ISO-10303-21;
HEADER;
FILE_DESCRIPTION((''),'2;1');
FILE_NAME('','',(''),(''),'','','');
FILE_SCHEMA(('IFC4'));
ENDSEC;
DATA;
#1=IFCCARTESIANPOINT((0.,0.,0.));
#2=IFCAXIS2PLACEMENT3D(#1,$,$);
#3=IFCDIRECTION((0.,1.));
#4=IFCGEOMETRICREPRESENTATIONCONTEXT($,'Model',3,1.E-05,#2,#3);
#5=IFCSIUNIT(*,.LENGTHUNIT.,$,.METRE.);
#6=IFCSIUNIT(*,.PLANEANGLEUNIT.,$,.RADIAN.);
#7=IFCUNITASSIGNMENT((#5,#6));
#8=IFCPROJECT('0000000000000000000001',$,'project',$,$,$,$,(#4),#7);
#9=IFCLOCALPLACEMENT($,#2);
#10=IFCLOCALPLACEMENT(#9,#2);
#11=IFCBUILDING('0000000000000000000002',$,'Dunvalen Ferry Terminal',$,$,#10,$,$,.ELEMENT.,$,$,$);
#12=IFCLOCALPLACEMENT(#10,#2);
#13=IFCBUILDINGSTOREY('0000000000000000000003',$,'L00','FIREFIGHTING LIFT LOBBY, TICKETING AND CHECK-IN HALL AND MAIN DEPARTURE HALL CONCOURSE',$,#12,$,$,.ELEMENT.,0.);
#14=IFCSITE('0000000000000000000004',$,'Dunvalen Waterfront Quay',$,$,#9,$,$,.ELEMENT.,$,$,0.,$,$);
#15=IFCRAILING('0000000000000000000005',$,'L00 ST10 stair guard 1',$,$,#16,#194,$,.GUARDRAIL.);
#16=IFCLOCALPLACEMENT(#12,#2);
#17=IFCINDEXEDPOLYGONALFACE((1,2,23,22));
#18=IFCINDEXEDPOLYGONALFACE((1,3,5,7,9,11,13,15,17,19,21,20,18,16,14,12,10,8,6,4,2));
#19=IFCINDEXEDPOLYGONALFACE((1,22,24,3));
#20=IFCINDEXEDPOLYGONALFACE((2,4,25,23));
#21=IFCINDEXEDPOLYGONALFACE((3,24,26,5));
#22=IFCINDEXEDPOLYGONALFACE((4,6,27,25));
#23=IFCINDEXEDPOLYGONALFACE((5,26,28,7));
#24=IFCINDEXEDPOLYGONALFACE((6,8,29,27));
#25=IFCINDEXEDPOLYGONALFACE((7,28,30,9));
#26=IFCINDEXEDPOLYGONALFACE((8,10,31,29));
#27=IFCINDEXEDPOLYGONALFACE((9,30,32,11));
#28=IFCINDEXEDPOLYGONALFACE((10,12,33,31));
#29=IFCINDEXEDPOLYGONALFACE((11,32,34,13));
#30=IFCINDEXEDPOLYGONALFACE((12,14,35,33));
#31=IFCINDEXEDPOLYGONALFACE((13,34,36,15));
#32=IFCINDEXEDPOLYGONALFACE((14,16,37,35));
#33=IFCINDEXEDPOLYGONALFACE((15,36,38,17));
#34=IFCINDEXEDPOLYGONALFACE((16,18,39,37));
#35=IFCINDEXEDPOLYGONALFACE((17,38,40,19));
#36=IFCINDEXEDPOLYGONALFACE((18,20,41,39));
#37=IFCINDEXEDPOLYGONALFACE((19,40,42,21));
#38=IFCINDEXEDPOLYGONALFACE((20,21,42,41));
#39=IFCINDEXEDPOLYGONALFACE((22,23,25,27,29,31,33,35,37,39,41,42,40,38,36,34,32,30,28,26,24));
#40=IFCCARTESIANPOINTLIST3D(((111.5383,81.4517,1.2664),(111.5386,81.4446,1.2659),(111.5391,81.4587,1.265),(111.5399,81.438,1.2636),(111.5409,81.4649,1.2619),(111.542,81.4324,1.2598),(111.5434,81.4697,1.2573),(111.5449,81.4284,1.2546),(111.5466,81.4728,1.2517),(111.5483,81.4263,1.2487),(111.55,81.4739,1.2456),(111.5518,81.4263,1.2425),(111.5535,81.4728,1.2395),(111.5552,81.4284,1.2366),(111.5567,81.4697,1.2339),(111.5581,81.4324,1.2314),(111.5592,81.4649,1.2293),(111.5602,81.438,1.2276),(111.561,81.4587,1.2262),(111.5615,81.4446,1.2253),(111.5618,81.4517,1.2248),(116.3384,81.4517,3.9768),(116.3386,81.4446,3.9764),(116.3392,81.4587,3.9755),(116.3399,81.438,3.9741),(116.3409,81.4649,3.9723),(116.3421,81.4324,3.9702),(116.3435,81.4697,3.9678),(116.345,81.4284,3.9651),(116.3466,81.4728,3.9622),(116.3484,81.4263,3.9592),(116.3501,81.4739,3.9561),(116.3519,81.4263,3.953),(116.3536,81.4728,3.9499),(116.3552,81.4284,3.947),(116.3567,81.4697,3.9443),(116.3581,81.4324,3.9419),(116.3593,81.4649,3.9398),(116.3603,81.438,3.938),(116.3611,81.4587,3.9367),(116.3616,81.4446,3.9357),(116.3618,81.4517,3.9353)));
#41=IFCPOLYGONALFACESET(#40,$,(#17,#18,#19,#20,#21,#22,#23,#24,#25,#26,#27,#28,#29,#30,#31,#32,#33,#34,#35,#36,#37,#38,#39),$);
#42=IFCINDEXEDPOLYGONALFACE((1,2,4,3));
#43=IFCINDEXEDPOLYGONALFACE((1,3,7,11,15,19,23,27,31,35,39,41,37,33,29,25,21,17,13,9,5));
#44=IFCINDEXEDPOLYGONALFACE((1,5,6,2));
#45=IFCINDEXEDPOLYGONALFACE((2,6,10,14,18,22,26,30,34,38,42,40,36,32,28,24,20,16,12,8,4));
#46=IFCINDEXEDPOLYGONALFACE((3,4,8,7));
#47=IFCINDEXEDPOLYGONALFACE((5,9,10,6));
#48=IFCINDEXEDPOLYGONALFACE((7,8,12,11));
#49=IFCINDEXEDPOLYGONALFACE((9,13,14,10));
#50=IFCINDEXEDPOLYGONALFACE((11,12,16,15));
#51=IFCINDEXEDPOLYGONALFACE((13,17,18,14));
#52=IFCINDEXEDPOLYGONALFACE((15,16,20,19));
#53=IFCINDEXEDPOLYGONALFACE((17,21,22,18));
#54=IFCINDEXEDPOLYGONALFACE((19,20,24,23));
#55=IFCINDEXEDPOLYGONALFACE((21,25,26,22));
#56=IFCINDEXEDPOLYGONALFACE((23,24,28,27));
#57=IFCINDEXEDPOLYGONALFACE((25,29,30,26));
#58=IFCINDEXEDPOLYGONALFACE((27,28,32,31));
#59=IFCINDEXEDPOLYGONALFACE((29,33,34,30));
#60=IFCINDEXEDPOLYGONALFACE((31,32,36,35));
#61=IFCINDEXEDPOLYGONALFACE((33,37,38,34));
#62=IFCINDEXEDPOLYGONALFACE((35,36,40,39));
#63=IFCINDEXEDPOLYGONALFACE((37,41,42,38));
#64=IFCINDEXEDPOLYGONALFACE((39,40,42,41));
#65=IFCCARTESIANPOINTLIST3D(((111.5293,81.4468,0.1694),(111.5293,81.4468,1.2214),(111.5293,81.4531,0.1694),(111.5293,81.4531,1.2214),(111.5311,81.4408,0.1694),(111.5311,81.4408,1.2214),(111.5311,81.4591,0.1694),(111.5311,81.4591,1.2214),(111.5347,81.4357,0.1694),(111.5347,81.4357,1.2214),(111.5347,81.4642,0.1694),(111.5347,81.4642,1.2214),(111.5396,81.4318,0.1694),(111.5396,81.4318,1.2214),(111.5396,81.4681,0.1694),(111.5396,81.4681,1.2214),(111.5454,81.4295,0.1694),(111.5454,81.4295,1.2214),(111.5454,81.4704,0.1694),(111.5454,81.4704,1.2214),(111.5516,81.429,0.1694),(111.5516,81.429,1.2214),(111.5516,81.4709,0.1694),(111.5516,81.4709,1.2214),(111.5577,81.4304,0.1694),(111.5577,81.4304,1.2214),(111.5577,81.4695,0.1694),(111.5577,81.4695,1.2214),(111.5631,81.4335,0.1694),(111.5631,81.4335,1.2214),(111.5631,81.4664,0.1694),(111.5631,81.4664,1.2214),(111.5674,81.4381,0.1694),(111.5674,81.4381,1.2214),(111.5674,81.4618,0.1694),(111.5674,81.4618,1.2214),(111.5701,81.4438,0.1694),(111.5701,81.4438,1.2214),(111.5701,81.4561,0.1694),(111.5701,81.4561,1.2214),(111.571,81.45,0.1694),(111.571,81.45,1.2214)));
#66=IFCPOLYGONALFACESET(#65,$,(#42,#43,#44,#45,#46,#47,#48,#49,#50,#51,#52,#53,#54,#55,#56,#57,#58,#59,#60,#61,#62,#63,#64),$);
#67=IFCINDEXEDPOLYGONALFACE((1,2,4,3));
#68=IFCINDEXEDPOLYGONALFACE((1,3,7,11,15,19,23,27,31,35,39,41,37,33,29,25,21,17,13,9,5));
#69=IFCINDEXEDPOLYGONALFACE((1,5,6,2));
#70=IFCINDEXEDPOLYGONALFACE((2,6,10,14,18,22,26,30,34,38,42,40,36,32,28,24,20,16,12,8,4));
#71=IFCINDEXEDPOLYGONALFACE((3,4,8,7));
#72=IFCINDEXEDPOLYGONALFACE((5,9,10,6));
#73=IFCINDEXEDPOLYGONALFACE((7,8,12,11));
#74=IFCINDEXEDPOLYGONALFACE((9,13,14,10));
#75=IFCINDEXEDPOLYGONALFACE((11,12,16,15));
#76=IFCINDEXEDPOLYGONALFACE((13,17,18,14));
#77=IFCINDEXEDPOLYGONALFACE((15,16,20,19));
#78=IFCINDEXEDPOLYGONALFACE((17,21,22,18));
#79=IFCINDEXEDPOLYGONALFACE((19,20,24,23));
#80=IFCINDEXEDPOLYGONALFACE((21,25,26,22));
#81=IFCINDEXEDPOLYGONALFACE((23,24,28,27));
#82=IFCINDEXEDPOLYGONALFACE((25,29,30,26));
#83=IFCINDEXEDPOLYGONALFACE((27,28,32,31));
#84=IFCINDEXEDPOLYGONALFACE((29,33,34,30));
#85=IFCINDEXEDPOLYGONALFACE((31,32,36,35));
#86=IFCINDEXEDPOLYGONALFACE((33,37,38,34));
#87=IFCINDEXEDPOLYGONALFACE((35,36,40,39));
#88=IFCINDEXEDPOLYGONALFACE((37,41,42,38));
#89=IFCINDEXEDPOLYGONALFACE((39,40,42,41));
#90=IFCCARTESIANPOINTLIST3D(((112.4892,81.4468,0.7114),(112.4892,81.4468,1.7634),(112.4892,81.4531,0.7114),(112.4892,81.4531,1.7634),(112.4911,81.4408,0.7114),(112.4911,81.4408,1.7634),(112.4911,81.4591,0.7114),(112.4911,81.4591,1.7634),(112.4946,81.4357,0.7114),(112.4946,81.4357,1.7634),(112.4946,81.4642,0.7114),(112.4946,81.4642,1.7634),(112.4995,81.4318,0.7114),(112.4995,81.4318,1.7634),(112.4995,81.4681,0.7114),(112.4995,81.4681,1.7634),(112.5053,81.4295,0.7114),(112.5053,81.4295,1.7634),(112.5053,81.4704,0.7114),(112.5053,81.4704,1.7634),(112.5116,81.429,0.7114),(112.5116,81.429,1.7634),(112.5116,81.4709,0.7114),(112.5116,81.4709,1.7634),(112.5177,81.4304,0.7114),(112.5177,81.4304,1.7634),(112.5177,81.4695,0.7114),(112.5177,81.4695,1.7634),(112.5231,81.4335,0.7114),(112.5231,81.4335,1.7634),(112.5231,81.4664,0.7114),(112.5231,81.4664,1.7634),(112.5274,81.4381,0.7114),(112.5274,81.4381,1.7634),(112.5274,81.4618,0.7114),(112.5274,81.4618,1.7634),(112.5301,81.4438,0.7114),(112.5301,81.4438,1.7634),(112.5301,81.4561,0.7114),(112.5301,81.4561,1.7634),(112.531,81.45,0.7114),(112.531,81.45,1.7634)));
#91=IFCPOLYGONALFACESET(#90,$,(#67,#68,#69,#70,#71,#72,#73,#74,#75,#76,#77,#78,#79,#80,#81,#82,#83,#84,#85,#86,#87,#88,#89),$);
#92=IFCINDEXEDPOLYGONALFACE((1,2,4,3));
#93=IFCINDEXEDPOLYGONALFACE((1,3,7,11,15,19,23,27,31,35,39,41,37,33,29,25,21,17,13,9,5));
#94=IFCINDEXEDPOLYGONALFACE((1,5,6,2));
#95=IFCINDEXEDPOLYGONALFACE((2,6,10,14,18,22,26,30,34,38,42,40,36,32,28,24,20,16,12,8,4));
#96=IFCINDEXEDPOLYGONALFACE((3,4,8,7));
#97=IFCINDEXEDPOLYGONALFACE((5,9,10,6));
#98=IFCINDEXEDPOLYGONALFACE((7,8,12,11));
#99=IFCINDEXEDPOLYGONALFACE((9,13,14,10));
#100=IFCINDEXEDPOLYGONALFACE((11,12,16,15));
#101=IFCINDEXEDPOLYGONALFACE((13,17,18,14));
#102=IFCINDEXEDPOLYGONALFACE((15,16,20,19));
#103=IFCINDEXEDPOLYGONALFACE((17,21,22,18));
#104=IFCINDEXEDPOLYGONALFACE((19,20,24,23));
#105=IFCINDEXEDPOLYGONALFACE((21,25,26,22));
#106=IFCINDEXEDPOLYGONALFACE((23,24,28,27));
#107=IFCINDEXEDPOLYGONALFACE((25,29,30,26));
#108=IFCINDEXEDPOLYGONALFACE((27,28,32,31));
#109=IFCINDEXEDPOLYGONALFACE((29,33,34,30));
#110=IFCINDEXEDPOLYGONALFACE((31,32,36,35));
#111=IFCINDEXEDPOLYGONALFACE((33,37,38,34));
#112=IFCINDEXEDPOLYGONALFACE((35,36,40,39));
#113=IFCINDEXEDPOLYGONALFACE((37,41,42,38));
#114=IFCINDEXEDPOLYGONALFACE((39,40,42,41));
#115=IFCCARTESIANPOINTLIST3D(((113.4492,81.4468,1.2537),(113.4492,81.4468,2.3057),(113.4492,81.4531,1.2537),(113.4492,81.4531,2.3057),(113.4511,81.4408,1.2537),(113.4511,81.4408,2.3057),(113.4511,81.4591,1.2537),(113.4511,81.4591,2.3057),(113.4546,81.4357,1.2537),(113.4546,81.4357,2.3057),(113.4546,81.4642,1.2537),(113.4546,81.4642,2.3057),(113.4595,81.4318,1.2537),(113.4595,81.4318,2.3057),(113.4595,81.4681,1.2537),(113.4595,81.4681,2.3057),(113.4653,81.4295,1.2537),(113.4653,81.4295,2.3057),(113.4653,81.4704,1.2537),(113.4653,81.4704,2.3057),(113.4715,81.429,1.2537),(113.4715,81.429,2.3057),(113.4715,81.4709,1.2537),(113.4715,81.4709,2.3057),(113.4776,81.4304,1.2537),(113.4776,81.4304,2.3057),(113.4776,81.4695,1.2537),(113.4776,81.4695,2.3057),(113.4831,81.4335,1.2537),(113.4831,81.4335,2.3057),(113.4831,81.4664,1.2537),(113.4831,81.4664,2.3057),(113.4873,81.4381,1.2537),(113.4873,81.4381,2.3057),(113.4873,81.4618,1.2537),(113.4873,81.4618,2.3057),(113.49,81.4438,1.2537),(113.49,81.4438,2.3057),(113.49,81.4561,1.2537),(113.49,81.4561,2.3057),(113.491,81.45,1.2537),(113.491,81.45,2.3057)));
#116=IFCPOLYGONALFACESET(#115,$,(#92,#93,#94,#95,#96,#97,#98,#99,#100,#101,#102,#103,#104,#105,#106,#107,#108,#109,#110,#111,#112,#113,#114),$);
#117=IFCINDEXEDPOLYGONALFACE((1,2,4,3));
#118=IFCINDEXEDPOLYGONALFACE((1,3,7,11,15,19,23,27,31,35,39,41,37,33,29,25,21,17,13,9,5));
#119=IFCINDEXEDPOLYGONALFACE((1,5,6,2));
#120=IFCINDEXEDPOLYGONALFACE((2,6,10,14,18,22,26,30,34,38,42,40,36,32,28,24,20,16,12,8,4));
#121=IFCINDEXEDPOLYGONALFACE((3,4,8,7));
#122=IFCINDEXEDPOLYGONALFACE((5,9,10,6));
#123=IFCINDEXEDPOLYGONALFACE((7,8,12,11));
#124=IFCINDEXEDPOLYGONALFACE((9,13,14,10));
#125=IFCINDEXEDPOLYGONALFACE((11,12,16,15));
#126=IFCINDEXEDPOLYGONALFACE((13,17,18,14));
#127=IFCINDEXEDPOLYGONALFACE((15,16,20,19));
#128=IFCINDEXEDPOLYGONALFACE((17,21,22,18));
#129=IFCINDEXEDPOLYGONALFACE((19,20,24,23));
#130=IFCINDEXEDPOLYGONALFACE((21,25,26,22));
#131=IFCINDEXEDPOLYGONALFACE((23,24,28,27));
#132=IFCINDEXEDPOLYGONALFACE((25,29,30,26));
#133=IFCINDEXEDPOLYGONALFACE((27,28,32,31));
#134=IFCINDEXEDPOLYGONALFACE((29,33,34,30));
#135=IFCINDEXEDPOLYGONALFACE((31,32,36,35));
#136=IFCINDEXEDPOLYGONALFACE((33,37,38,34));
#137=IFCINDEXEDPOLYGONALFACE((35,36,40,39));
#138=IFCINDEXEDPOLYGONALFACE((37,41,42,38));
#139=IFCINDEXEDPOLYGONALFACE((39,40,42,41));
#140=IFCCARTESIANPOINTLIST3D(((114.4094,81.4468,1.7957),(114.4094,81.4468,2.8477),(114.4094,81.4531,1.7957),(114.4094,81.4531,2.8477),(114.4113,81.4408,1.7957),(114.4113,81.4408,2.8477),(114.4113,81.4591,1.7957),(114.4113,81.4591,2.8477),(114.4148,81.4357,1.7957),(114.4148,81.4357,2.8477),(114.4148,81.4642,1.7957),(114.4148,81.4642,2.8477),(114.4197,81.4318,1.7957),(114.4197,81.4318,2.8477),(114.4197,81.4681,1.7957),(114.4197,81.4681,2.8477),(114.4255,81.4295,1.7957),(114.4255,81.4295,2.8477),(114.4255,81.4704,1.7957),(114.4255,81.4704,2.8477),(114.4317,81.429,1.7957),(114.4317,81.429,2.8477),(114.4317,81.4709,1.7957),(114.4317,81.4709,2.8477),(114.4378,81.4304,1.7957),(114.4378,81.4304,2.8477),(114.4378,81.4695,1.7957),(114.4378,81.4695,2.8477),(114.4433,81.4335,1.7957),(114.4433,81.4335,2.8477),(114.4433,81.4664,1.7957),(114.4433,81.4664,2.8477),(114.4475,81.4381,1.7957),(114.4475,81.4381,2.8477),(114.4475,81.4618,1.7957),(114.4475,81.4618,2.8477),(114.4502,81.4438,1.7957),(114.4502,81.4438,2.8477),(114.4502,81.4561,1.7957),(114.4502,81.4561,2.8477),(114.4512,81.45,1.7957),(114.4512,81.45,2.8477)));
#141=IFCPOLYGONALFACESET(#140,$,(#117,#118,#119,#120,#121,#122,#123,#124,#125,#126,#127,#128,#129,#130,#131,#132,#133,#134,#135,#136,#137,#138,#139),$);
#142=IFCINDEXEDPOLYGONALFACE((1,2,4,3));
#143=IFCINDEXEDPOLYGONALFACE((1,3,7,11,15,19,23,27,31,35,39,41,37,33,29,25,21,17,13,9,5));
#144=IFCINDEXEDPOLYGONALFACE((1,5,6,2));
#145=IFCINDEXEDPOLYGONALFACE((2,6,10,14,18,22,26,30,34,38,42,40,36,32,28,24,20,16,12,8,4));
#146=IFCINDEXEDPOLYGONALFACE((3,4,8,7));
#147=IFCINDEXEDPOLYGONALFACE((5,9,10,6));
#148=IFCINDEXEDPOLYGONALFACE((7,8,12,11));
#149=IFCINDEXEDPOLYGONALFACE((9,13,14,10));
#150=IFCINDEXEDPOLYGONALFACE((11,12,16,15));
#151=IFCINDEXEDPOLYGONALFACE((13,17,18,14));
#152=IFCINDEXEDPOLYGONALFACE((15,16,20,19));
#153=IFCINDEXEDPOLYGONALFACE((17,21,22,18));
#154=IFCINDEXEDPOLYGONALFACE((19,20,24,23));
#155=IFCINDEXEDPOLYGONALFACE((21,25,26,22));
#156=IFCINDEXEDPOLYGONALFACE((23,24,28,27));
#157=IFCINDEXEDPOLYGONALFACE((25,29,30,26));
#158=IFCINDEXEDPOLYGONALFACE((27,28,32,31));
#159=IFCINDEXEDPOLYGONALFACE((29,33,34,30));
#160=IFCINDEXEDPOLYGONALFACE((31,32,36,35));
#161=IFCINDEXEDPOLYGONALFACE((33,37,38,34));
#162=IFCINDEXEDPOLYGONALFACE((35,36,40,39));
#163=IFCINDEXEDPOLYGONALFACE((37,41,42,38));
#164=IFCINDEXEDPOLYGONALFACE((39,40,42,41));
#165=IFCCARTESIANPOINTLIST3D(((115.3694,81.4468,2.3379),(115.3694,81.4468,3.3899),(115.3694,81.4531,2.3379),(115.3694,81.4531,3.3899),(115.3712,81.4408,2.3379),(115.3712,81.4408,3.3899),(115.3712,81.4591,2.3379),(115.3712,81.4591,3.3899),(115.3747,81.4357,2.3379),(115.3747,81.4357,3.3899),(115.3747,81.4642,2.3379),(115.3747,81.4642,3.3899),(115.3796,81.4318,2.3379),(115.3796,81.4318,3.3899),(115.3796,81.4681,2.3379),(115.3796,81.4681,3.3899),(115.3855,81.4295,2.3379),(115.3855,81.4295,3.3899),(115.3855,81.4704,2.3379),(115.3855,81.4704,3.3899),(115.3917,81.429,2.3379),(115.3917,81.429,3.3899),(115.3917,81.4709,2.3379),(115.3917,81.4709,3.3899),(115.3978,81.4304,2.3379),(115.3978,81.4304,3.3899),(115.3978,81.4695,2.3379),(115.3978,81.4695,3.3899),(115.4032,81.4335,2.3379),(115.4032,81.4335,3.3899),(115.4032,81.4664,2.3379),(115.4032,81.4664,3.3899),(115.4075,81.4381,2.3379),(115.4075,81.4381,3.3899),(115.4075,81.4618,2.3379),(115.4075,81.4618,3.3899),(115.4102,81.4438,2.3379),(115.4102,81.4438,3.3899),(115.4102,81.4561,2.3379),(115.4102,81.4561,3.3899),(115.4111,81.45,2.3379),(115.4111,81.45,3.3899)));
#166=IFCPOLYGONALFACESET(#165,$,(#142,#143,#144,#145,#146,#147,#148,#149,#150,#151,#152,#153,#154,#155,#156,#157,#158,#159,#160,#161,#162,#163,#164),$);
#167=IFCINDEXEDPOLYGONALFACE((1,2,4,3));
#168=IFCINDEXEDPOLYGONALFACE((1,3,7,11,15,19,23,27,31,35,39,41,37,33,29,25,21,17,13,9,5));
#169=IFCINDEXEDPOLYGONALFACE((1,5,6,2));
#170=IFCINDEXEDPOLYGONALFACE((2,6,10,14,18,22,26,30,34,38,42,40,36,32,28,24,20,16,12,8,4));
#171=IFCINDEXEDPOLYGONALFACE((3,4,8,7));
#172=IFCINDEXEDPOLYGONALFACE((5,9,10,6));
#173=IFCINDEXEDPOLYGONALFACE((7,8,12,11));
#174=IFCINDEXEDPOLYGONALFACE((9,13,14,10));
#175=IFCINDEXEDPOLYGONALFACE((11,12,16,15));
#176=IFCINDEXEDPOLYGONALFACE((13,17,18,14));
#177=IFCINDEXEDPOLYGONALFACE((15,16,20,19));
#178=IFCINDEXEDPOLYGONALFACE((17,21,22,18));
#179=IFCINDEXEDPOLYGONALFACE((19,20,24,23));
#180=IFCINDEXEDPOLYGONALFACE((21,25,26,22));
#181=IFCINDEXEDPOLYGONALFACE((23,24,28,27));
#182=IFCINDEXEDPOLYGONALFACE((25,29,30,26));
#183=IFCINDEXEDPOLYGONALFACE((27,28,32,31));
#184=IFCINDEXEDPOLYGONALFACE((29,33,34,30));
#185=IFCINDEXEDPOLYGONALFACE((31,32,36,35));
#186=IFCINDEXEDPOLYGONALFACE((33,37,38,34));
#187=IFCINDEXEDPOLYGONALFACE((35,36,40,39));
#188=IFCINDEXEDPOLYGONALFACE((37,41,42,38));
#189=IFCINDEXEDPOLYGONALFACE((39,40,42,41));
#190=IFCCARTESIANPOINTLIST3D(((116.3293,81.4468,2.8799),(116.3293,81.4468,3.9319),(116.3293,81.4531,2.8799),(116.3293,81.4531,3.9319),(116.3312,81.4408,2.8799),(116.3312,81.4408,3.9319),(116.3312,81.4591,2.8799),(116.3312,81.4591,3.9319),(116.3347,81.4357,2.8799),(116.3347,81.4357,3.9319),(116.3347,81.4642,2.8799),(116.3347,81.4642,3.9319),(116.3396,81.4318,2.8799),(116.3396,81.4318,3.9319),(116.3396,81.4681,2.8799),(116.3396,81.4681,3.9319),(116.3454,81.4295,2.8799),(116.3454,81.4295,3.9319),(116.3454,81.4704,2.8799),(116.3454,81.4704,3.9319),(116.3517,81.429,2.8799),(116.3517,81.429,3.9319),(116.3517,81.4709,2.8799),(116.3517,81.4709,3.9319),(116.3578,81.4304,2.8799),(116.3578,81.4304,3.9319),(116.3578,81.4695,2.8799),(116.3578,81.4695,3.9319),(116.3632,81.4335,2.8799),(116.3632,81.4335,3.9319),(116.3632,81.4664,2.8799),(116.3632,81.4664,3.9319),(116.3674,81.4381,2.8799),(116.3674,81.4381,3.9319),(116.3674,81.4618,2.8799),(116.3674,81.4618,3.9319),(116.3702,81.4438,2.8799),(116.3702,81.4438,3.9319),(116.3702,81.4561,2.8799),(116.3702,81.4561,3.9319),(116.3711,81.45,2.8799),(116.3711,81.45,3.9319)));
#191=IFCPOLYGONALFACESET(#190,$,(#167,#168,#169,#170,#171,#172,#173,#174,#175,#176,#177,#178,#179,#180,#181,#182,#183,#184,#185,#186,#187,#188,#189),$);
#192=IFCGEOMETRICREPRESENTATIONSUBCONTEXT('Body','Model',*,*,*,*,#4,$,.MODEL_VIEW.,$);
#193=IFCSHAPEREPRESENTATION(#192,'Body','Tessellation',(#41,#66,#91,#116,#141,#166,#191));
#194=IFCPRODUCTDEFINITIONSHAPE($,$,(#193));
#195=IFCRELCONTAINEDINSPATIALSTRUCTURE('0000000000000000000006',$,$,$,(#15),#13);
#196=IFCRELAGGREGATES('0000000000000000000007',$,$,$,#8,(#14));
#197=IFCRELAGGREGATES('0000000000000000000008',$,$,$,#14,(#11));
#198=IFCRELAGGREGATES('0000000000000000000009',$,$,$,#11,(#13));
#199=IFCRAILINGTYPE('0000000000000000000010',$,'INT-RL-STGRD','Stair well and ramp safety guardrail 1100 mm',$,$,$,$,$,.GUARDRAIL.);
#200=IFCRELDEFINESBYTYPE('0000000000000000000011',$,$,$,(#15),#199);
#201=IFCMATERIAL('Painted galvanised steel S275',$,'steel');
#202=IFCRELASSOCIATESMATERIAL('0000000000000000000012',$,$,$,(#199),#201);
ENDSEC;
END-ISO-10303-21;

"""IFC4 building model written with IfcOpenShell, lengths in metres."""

from ifc_helpers import new_model, si_unit, direction, frame, origin, origin_2d, place, context, subcontext, project, spatial, circle, extrude, material, type_object, element, save


model = new_model("IFC4")

# Units and contexts
model_context = context("Model", 3, precision=1e-05, world=origin(), true_north=direction((0.0, 1.0)))
body_context = subcontext(model_context, "Body", "Model", "MODEL_VIEW")
ifc_project = project(units=[si_unit("LENGTHUNIT", "METRE"), si_unit("PLANEANGLEUNIT", "RADIAN")], contexts=[model_context])

# Site, building, storey
site_placement = place(None, origin())
site = spatial("IfcSite", under=ifc_project, at=site_placement, Name="Dunvalen Waterfront Quay", CompositionType="ELEMENT", RefElevation=0.0)
building_placement = place(site_placement, origin())
building = spatial("IfcBuilding", under=site, at=building_placement, Name="Dunvalen Ferry Terminal", CompositionType="ELEMENT")
storey_placement = place(building_placement, origin())
storey = spatial("IfcBuildingStorey", under=building, at=storey_placement, Name="L00", Description="FIREFIGHTING LIFT LOBBY, TICKETING AND CHECK-IN HALL AND MAIN DEPARTURE HALL CONCOURSE", CompositionType="ELEMENT", Elevation=0.0)

# Railing
ifc_material_1 = material(Name="Painted galvanised steel S275", Category="steel")
railing_type_1 = type_object("IfcRailingType", Name="INT-RL-STGRD", Description="Stair well and ramp safety guardrail 1100 mm", PredefinedType="GUARDRAIL", material=ifc_material_1)
railing_1_placement = place(storey_placement, frame((111.55, 81.45, 0.1694)))
element("IfcRailing", 1, at=railing_1_placement, inside=storey, type_object=railing_type_1, Name="L00 ST10 stair guard 1", PredefinedType="GUARDRAIL", context=body_context, shape_type="SweptSolid", body=[
    extrude(circle(Radius=0.0239, at=origin_2d()), frame((0.0, 0.0, 1.0762), z_axis=(0.870767, 0.0, 0.491697), x_axis=(0.0, 1.0, 0.0)), (0.0, 0.0, 1.0), 5.5125),
    extrude(circle(Radius=0.021, at=origin_2d()), origin(), (0.0, 0.0, 1.0), 1.052),
    extrude(circle(Radius=0.021, at=origin_2d()), frame((0.96, 0.0, 0.542)), (0.0, 0.0, 1.0), 1.052),
    extrude(circle(Radius=0.021, at=origin_2d()), frame((1.9199, 0.0, 1.0842)), (0.0, 0.0, 1.0), 1.052),
    extrude(circle(Radius=0.021, at=origin_2d()), frame((2.8801, 0.0, 1.6262)), (0.0, 0.0, 1.0), 1.052),
    extrude(circle(Radius=0.021, at=origin_2d()), frame((3.8401, 0.0, 2.1685)), (0.0, 0.0, 1.0), 1.052),
    extrude(circle(Radius=0.021, at=origin_2d()), frame((4.8, 0.0, 2.7104)), (0.0, 0.0, 1.0), 1.052),
])

save(model, "model.ifc")
